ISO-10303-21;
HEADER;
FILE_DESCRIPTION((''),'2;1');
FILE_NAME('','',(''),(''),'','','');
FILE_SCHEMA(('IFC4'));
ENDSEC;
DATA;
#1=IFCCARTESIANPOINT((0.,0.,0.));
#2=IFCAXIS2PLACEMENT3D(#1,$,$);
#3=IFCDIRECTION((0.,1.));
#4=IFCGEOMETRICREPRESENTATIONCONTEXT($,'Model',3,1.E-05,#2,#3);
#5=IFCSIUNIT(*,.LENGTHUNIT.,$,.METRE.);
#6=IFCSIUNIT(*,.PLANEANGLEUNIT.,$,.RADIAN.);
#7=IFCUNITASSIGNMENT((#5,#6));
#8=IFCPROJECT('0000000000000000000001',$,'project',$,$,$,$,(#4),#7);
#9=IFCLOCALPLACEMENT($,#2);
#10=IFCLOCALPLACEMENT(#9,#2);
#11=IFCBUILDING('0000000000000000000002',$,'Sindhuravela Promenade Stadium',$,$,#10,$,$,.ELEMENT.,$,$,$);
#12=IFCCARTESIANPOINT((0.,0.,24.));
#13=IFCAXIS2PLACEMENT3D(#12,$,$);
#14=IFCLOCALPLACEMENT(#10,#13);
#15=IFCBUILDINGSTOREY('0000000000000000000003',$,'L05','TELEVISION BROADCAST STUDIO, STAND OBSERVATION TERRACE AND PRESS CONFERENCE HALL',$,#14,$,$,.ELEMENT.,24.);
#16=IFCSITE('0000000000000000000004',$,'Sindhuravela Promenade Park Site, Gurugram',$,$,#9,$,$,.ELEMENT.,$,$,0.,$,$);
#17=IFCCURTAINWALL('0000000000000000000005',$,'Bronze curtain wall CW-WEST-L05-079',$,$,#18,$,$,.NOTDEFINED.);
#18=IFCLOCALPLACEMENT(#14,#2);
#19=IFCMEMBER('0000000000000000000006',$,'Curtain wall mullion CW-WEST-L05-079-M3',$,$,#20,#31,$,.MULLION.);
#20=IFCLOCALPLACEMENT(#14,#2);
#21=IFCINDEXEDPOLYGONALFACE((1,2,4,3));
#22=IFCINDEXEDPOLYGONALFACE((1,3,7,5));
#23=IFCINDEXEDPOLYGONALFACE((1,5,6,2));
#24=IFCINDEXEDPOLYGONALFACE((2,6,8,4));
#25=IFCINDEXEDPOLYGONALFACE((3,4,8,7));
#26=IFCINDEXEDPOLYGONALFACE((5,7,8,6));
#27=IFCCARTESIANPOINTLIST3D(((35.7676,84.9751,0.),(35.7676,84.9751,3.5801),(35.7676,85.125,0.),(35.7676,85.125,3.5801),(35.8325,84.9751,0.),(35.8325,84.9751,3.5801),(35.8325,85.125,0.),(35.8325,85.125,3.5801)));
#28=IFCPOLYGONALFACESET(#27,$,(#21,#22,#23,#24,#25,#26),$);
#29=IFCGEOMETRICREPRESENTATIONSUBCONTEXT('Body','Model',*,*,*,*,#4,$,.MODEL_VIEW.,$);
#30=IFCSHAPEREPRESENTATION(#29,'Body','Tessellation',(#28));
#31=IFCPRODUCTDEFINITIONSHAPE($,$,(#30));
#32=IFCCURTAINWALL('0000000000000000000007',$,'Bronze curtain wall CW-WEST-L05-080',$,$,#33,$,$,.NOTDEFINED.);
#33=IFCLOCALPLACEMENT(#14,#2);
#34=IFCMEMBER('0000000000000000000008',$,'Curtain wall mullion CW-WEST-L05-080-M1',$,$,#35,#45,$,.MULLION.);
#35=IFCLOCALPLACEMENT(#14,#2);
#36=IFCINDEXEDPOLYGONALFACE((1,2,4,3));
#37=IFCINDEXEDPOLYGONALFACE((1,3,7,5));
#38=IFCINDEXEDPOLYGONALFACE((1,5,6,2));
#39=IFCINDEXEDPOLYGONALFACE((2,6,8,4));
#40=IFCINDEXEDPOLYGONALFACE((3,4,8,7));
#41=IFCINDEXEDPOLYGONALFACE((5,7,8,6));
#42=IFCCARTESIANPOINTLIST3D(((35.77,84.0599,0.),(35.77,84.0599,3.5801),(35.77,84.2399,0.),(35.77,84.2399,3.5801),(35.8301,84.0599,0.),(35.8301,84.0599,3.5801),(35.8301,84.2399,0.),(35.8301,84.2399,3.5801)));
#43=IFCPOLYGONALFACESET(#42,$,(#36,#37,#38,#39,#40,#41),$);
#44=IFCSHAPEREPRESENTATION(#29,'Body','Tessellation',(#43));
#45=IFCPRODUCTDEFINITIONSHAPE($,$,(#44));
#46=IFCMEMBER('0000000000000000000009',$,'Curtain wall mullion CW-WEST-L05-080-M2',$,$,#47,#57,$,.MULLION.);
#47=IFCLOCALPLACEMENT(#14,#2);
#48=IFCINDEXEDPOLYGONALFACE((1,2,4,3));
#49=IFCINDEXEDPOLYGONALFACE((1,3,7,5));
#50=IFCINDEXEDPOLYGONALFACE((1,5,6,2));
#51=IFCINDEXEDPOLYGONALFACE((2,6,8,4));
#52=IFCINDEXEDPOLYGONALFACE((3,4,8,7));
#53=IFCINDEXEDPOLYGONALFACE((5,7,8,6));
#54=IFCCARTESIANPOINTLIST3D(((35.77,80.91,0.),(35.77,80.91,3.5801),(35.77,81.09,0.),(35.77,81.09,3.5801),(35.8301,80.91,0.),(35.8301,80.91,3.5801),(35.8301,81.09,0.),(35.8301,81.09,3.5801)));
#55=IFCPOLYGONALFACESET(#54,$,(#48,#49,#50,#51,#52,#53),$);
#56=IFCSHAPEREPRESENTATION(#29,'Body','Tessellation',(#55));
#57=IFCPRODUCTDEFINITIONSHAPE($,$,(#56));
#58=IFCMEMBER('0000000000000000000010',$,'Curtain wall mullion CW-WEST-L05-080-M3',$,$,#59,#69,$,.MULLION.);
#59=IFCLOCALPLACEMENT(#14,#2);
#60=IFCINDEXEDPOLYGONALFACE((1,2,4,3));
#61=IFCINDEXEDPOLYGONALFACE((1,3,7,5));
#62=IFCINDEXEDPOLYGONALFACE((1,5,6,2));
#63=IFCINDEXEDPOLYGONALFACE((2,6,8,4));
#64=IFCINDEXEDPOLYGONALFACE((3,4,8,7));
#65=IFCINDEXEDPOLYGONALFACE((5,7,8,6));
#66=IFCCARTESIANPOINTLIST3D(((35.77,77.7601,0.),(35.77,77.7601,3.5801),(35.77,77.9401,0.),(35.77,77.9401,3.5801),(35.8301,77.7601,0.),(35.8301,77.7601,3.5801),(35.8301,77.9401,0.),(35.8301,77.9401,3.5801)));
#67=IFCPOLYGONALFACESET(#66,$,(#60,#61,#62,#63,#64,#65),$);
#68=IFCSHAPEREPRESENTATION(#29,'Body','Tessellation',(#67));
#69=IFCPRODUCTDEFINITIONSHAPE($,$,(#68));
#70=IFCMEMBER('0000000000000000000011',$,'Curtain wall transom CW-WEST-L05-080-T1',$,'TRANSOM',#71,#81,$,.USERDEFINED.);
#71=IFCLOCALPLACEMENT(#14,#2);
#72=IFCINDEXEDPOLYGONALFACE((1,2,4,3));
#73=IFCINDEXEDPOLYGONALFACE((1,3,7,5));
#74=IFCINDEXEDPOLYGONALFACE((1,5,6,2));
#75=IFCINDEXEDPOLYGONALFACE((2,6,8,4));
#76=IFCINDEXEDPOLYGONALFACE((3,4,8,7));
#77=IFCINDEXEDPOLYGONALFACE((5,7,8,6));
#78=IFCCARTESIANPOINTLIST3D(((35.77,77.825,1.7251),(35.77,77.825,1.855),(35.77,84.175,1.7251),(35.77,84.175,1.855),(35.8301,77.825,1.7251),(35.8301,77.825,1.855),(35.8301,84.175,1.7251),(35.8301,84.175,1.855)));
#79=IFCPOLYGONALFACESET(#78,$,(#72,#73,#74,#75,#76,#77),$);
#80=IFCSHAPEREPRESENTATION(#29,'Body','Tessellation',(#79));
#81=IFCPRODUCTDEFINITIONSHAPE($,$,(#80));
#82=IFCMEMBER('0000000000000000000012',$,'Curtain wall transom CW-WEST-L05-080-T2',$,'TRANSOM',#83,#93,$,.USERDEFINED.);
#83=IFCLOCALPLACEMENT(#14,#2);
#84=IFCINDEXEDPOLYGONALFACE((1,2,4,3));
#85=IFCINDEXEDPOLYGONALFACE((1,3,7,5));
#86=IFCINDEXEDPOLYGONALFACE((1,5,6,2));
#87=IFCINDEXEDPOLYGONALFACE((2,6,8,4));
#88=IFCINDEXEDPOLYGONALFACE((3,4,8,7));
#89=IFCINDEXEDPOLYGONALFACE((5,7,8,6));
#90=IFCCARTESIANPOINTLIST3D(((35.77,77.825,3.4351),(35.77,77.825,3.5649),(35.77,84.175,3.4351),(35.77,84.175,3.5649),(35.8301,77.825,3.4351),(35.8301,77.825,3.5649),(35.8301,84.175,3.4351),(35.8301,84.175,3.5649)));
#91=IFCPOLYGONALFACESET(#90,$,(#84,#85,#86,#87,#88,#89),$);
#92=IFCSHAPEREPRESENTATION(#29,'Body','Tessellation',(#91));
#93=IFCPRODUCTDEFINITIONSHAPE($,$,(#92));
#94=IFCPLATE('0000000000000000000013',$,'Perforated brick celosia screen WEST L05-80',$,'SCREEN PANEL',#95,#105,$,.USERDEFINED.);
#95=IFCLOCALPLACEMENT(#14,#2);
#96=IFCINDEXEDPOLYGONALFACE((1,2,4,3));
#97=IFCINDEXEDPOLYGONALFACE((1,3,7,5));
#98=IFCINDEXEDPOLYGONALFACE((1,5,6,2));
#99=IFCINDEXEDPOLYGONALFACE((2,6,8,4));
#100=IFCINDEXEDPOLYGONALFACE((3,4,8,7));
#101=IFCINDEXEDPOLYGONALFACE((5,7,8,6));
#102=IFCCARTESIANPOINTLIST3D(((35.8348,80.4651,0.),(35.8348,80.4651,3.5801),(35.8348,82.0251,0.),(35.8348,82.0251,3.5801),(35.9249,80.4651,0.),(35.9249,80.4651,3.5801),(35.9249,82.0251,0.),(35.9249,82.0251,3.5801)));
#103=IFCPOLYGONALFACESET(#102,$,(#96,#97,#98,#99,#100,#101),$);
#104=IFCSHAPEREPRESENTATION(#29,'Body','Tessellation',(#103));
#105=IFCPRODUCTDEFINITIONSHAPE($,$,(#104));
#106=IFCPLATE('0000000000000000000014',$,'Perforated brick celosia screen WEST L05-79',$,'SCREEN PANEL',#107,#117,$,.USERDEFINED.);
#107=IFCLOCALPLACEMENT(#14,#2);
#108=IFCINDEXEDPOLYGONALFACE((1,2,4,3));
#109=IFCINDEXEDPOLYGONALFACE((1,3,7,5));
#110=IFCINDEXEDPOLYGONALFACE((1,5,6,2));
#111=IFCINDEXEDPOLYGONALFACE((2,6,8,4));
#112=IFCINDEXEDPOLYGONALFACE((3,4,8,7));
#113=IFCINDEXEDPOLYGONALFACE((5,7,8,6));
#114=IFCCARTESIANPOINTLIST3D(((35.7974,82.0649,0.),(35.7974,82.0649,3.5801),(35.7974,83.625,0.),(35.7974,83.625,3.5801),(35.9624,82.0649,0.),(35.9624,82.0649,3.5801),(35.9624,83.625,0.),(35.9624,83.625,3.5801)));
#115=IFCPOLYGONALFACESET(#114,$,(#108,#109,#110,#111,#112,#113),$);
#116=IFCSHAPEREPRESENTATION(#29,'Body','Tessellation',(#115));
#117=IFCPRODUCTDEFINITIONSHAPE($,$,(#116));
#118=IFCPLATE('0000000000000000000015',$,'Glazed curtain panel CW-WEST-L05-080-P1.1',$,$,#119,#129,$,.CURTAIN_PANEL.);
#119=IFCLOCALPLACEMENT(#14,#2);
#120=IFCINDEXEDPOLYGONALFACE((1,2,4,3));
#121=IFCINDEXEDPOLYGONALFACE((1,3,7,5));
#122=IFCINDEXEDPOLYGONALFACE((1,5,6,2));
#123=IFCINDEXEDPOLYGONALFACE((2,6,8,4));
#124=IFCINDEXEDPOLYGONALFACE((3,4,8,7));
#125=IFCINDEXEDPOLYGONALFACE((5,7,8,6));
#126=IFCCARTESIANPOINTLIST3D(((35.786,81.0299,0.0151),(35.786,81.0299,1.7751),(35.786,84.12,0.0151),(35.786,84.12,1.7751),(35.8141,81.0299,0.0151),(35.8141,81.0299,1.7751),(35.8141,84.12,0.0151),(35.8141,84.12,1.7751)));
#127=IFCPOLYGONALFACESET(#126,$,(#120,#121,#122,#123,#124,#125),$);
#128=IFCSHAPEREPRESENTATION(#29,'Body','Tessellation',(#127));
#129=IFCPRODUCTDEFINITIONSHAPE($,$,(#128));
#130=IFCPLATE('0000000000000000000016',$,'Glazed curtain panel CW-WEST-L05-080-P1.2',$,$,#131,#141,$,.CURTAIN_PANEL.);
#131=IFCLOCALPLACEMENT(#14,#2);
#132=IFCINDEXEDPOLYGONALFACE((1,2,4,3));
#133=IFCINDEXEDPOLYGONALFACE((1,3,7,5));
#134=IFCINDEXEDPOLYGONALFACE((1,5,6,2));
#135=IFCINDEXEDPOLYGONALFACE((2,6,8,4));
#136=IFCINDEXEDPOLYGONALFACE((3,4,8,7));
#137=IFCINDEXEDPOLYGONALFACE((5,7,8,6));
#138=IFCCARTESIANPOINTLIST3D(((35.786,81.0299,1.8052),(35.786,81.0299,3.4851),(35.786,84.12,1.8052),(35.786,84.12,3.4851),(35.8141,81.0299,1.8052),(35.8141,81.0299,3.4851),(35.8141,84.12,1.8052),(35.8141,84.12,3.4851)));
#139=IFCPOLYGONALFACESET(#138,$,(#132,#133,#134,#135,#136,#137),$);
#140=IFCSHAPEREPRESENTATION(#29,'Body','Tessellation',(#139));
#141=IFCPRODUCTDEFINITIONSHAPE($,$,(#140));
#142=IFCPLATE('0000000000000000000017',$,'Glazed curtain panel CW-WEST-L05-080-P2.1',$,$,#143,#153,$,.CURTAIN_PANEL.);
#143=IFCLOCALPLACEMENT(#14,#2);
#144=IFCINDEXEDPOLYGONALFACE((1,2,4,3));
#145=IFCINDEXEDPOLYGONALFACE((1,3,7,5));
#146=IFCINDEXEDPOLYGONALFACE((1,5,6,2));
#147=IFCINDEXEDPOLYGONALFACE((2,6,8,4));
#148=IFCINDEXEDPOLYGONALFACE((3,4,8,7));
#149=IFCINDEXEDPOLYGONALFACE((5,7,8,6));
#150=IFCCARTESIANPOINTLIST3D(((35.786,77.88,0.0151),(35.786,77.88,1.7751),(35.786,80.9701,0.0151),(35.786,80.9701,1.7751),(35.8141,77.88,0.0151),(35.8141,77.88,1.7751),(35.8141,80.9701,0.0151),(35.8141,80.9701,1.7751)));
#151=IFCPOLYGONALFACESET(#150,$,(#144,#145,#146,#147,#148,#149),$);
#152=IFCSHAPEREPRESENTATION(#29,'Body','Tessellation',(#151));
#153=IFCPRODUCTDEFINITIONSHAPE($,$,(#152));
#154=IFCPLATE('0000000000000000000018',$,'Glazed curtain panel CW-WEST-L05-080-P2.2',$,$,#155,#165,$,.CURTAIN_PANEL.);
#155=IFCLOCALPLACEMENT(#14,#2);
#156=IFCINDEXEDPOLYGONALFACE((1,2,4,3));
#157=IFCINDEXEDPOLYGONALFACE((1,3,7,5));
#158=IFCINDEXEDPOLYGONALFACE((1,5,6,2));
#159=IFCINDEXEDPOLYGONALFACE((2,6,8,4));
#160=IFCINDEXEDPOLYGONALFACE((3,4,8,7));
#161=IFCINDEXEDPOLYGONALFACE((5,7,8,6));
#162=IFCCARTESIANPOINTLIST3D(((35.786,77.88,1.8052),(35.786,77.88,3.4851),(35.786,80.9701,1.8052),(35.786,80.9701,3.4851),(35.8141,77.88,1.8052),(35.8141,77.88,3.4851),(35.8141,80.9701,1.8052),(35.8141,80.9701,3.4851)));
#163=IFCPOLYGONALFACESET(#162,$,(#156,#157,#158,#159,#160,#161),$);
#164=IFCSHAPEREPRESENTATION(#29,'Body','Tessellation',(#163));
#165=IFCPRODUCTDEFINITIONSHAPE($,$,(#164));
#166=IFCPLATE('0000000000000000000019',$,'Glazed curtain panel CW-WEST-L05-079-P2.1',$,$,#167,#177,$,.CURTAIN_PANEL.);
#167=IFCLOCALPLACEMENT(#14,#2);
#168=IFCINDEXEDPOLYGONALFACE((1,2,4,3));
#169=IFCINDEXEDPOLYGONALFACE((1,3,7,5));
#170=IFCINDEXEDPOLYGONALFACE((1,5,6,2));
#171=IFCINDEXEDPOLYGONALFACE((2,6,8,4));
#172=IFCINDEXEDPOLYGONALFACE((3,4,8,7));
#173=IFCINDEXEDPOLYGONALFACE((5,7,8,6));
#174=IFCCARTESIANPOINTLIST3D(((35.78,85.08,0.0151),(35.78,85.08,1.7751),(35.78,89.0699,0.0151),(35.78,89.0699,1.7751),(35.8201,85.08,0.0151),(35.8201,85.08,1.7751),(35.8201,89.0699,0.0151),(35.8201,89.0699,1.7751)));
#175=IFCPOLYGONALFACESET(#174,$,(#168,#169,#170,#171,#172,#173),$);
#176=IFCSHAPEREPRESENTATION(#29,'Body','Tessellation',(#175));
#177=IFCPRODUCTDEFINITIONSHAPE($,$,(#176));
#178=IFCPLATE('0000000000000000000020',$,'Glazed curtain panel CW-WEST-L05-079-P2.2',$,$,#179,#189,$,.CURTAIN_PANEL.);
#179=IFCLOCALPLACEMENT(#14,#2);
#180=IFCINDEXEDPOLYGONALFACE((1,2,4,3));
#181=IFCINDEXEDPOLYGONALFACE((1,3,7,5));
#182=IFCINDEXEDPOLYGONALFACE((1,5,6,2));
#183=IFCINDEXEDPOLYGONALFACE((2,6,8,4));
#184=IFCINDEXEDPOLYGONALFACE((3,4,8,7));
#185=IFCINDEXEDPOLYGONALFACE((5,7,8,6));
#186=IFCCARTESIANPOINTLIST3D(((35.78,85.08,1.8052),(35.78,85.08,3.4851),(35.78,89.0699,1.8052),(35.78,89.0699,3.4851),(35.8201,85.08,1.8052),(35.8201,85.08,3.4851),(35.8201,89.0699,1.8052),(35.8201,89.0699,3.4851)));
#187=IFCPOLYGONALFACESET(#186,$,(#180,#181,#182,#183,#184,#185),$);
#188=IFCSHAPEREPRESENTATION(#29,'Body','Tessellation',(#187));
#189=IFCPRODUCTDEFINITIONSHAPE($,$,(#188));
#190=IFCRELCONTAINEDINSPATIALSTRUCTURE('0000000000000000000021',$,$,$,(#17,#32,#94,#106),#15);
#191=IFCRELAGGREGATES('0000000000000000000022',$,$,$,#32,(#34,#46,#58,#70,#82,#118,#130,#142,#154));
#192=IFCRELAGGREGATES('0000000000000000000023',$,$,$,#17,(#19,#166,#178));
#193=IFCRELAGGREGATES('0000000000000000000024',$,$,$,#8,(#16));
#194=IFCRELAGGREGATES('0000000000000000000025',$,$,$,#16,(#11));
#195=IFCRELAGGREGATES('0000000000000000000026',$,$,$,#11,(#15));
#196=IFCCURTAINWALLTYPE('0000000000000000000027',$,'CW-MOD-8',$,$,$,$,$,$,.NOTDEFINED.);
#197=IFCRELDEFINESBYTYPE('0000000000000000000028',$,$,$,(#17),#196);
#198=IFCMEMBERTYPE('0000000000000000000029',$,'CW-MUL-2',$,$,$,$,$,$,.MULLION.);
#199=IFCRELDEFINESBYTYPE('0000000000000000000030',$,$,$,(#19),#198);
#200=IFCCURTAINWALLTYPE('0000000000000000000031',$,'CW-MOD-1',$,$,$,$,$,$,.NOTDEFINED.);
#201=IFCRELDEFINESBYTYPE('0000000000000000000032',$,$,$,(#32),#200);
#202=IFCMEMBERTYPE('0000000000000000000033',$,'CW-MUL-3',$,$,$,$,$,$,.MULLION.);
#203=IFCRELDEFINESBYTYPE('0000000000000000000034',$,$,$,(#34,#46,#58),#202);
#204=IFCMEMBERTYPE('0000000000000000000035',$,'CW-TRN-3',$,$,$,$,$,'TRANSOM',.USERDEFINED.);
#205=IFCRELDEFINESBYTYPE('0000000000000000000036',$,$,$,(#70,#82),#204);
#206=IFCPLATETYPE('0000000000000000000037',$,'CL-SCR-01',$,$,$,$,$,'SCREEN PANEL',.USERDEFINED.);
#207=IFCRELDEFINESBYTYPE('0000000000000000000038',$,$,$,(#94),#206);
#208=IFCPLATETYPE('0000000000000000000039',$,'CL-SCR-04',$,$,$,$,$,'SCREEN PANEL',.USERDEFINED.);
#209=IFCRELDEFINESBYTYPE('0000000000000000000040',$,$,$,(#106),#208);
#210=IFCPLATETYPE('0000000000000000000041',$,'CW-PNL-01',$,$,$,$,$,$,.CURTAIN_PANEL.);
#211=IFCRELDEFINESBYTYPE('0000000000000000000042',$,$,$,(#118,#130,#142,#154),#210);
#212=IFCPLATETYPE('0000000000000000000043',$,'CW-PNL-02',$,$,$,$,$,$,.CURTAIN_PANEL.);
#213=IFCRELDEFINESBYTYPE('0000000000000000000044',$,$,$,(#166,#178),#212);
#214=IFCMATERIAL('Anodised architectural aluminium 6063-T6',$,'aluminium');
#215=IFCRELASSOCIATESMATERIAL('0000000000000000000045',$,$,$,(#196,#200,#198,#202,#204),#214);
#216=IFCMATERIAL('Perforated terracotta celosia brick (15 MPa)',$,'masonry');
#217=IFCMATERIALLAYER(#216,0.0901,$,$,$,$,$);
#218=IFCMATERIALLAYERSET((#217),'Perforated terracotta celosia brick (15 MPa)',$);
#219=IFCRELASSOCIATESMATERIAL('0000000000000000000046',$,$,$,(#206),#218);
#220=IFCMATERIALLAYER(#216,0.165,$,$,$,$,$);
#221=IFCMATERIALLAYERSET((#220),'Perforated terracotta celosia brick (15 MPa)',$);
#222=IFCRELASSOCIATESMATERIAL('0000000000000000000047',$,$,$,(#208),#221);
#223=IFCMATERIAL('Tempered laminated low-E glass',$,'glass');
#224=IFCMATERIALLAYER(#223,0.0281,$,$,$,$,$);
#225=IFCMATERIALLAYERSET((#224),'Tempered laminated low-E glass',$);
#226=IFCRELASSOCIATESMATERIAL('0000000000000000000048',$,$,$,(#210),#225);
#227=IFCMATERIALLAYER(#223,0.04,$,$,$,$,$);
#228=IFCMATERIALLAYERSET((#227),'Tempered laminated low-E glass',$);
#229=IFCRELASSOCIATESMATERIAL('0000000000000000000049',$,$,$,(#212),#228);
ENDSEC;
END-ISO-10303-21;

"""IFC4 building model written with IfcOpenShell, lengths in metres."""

from ifc_helpers import new_model, si_unit, direction, frame, origin, origin_2d, place, context, subcontext, project, spatial, rectangle, extrude, material, layer, layer_set, material_profile, profile_set, type_object, element, aggregate, save


model = new_model("IFC4")

# Units and contexts
model_context = context("Model", 3, precision=1e-05, world=origin(), true_north=direction((0.0, 1.0)))
body_context = subcontext(model_context, "Body", "Model", "MODEL_VIEW")
ifc_project = project(units=[si_unit("LENGTHUNIT", "METRE"), si_unit("PLANEANGLEUNIT", "RADIAN")], contexts=[model_context])

# Site, building, storey
site_placement = place(None, origin())
site = spatial("IfcSite", under=ifc_project, at=site_placement, Name="Sindhuravela Promenade Park Site, Gurugram", CompositionType="ELEMENT", RefElevation=0.0)
building_placement = place(site_placement, origin())
building = spatial("IfcBuilding", under=site, at=building_placement, Name="Sindhuravela Promenade Stadium", CompositionType="ELEMENT")
storey_placement = place(building_placement, frame((0.0, 0.0, 24.0)))
storey = spatial("IfcBuildingStorey", under=building, at=storey_placement, Name="L05", Description="TELEVISION BROADCAST STUDIO, STAND OBSERVATION TERRACE AND PRESS CONFERENCE HALL", CompositionType="ELEMENT", Elevation=24.0)

# Curtain wall, member
ifc_material_1 = material(Name="Anodised architectural aluminium 6063-T6", Category="aluminium")
curtain_wall_type_1 = type_object("IfcCurtainWallType", Name="CW-MOD-8", PredefinedType="NOTDEFINED", material=ifc_material_1)
curtain_wall_1_placement = place(storey_placement, origin())
curtain_wall_1 = element("IfcCurtainWall", 1, at=curtain_wall_1_placement, inside=storey, type_object=curtain_wall_type_1, Name="Bronze curtain wall CW-WEST-L05-079", PredefinedType="NOTDEFINED")
ifc_material_profile_1 = material_profile(ifc_material_1, rectangle(XDim=0.0649, YDim=0.1499, at=origin_2d()), Name="ALU MULL 65x150")
ifc_profile_set_1 = profile_set([ifc_material_profile_1], Name="Anodised architectural aluminium 6063-T6")
member_type_1 = type_object("IfcMemberType", Name="CW-MUL-2", PredefinedType="MULLION", material=ifc_profile_set_1)
member_1_placement = place(storey_placement, frame((35.8, 85.05, 0.0), z_axis=(0.0, 0.0, 1.0), x_axis=(1.0, 0.0, 0.0)))
member_1 = element("IfcMember", 2, at=member_1_placement, type_object=member_type_1, Name="Curtain wall mullion CW-WEST-L05-079-M3", PredefinedType="MULLION", context=body_context, shape_type="SweptSolid", body=[
    extrude(rectangle(XDim=0.0649, YDim=0.1499, at=origin_2d()), origin(), (0.0, 0.0, 1.0), 3.5801),
])

# Curtain wall, members
curtain_wall_type_2 = type_object("IfcCurtainWallType", Name="CW-MOD-1", PredefinedType="NOTDEFINED", material=ifc_material_1)
curtain_wall_2_placement = place(storey_placement, origin())
curtain_wall_2 = element("IfcCurtainWall", 3, at=curtain_wall_2_placement, inside=storey, type_object=curtain_wall_type_2, Name="Bronze curtain wall CW-WEST-L05-080", PredefinedType="NOTDEFINED")
ifc_material_profile_2 = material_profile(ifc_material_1, rectangle(XDim=0.0601, YDim=0.1799, at=origin_2d()), Name="ALU M60x180")
ifc_profile_set_2 = profile_set([ifc_material_profile_2], Name="Anodised architectural aluminium 6063-T6")
member_type_2 = type_object("IfcMemberType", Name="CW-MUL-3", PredefinedType="MULLION", material=ifc_profile_set_2)
member_2_placement = place(storey_placement, frame((35.8, 84.1499, 0.0), z_axis=(0.0, 0.0, 1.0), x_axis=(1.0, 0.0, 0.0)))
member_2 = element("IfcMember", 4, at=member_2_placement, type_object=member_type_2, Name="Curtain wall mullion CW-WEST-L05-080-M1", PredefinedType="MULLION", context=body_context, shape_type="SweptSolid", body=[
    extrude(rectangle(XDim=0.0601, YDim=0.1799, at=origin_2d()), origin(), (0.0, 0.0, 1.0), 3.5801),
])
member_3_placement = place(storey_placement, frame((35.8, 81.0, 0.0), z_axis=(0.0, 0.0, 1.0), x_axis=(1.0, 0.0, 0.0)))
member_3 = element("IfcMember", 5, at=member_3_placement, type_object=member_type_2, Name="Curtain wall mullion CW-WEST-L05-080-M2", PredefinedType="MULLION", context=body_context, shape_type="SweptSolid", body=[
    extrude(rectangle(XDim=0.0601, YDim=0.1799, at=origin_2d()), origin(), (0.0, 0.0, 1.0), 3.5801),
])
member_4_placement = place(storey_placement, frame((35.8, 77.8501, 0.0), z_axis=(0.0, 0.0, 1.0), x_axis=(1.0, 0.0, 0.0)))
member_4 = element("IfcMember", 6, at=member_4_placement, type_object=member_type_2, Name="Curtain wall mullion CW-WEST-L05-080-M3", PredefinedType="MULLION", context=body_context, shape_type="SweptSolid", body=[
    extrude(rectangle(XDim=0.0601, YDim=0.1799, at=origin_2d()), origin(), (0.0, 0.0, 1.0), 3.5801),
])
ifc_material_profile_3 = material_profile(ifc_material_1, rectangle(XDim=0.0601, YDim=0.1299, at=origin_2d()), Name="ALU T60x130")
ifc_profile_set_3 = profile_set([ifc_material_profile_3], Name="Anodised architectural aluminium 6063-T6")
member_type_3 = type_object("IfcMemberType", Name="CW-TRN-3", ElementType="TRANSOM", PredefinedType="USERDEFINED", material=ifc_profile_set_3)
member_5_placement = place(storey_placement, frame((35.8, 84.175, 1.79), z_axis=(0.0, -1.0, 0.0), x_axis=(1.0, 0.0, 0.0)))
member_5 = element("IfcMember", 7, at=member_5_placement, type_object=member_type_3, Name="Curtain wall transom CW-WEST-L05-080-T1", ObjectType="TRANSOM", PredefinedType="USERDEFINED", context=body_context, shape_type="SweptSolid", body=[
    extrude(rectangle(XDim=0.0601, YDim=0.1299, at=origin_2d()), origin(), (0.0, 0.0, 1.0), 6.3501),
])
member_6_placement = place(storey_placement, frame((35.8, 84.175, 3.5), z_axis=(0.0, -1.0, 0.0), x_axis=(1.0, 0.0, 0.0)))
member_6 = element("IfcMember", 8, at=member_6_placement, type_object=member_type_3, Name="Curtain wall transom CW-WEST-L05-080-T2", ObjectType="TRANSOM", PredefinedType="USERDEFINED", context=body_context, shape_type="SweptSolid", body=[
    extrude(rectangle(XDim=0.0601, YDim=0.1299, at=origin_2d()), origin(), (0.0, 0.0, 1.0), 6.3501),
])

# Plates
ifc_material_2 = material(Name="Perforated terracotta celosia brick (15 MPa)", Category="masonry")
ifc_layer_1 = layer(ifc_material_2, 0.0901)
ifc_layer_set_1 = layer_set([ifc_layer_1], Name="Perforated terracotta celosia brick (15 MPa)")
plate_type_1 = type_object("IfcPlateType", Name="CL-SCR-01", ElementType="SCREEN PANEL", PredefinedType="USERDEFINED", material=ifc_layer_set_1)
plate_1_placement = place(storey_placement, frame((35.8799, 81.2451, 0.0), z_axis=(0.0, 0.0, 1.0), x_axis=(0.0, -1.0, 0.0)))
element("IfcPlate", 9, at=plate_1_placement, inside=storey, type_object=plate_type_1, Name="Perforated brick celosia screen WEST L05-80", ObjectType="SCREEN PANEL", PredefinedType="USERDEFINED", context=body_context, shape_type="SweptSolid", body=[
    extrude(rectangle(XDim=1.5601, YDim=0.0901, at=origin_2d()), origin(), (0.0, 0.0, 1.0), 3.5801),
])
ifc_layer_2 = layer(ifc_material_2, 0.165)
ifc_layer_set_2 = layer_set([ifc_layer_2], Name="Perforated terracotta celosia brick (15 MPa)")
plate_type_2 = type_object("IfcPlateType", Name="CL-SCR-04", ElementType="SCREEN PANEL", PredefinedType="USERDEFINED", material=ifc_layer_set_2)
plate_2_placement = place(storey_placement, frame((35.8799, 82.845, 0.0), z_axis=(0.0, 0.0, 1.0), x_axis=(0.0, -1.0, 0.0)))
element("IfcPlate", 10, at=plate_2_placement, inside=storey, type_object=plate_type_2, Name="Perforated brick celosia screen WEST L05-79", ObjectType="SCREEN PANEL", PredefinedType="USERDEFINED", context=body_context, shape_type="SweptSolid", body=[
    extrude(rectangle(XDim=1.5601, YDim=0.165, at=origin_2d()), origin(), (0.0, 0.0, 1.0), 3.5801),
])

# Plates
ifc_material_3 = material(Name="Tempered laminated low-E glass", Category="glass")
ifc_layer_3 = layer(ifc_material_3, 0.0281)
ifc_layer_set_3 = layer_set([ifc_layer_3], Name="Tempered laminated low-E glass")
plate_type_3 = type_object("IfcPlateType", Name="CW-PNL-01", PredefinedType="CURTAIN_PANEL", material=ifc_layer_set_3)
plate_3_placement = place(storey_placement, frame((35.8, 82.575, 0.0151), z_axis=(0.0, 0.0, 1.0), x_axis=(0.0, -1.0, 0.0)))
plate_3 = element("IfcPlate", 11, at=plate_3_placement, type_object=plate_type_3, Name="Glazed curtain panel CW-WEST-L05-080-P1.1", PredefinedType="CURTAIN_PANEL", context=body_context, shape_type="SweptSolid", body=[
    extrude(rectangle(XDim=3.0901, YDim=0.0281, at=origin_2d()), origin(), (0.0, 0.0, 1.0), 1.76),
])
plate_4_placement = place(storey_placement, frame((35.8, 82.575, 1.8052), z_axis=(0.0, 0.0, 1.0), x_axis=(0.0, -1.0, 0.0)))
plate_4 = element("IfcPlate", 12, at=plate_4_placement, type_object=plate_type_3, Name="Glazed curtain panel CW-WEST-L05-080-P1.2", PredefinedType="CURTAIN_PANEL", context=body_context, shape_type="SweptSolid", body=[
    extrude(rectangle(XDim=3.0901, YDim=0.0281, at=origin_2d()), origin(), (0.0, 0.0, 1.0), 1.6799),
])
plate_5_placement = place(storey_placement, frame((35.8, 79.425, 0.0151), z_axis=(0.0, 0.0, 1.0), x_axis=(0.0, -1.0, 0.0)))
plate_5 = element("IfcPlate", 13, at=plate_5_placement, type_object=plate_type_3, Name="Glazed curtain panel CW-WEST-L05-080-P2.1", PredefinedType="CURTAIN_PANEL", context=body_context, shape_type="SweptSolid", body=[
    extrude(rectangle(XDim=3.0901, YDim=0.0281, at=origin_2d()), origin(), (0.0, 0.0, 1.0), 1.76),
])
plate_6_placement = place(storey_placement, frame((35.8, 79.425, 1.8052), z_axis=(0.0, 0.0, 1.0), x_axis=(0.0, -1.0, 0.0)))
plate_6 = element("IfcPlate", 14, at=plate_6_placement, type_object=plate_type_3, Name="Glazed curtain panel CW-WEST-L05-080-P2.2", PredefinedType="CURTAIN_PANEL", context=body_context, shape_type="SweptSolid", body=[
    extrude(rectangle(XDim=3.0901, YDim=0.0281, at=origin_2d()), origin(), (0.0, 0.0, 1.0), 1.6799),
])
aggregate(curtain_wall_2, [member_2, member_3, member_4, member_5, member_6, plate_3, plate_4, plate_5, plate_6])
ifc_layer_4 = layer(ifc_material_3, 0.04)
ifc_layer_set_4 = layer_set([ifc_layer_4], Name="Tempered laminated low-E glass")
plate_type_4 = type_object("IfcPlateType", Name="CW-PNL-02", PredefinedType="CURTAIN_PANEL", material=ifc_layer_set_4)
plate_7_placement = place(storey_placement, frame((35.8, 87.075, 0.0151), z_axis=(0.0, 0.0, 1.0), x_axis=(0.0, -1.0, 0.0)))
plate_7 = element("IfcPlate", 15, at=plate_7_placement, type_object=plate_type_4, Name="Glazed curtain panel CW-WEST-L05-079-P2.1", PredefinedType="CURTAIN_PANEL", context=body_context, shape_type="SweptSolid", body=[
    extrude(rectangle(XDim=3.99, YDim=0.04, at=origin_2d()), origin(), (0.0, 0.0, 1.0), 1.76),
])
plate_8_placement = place(storey_placement, frame((35.8, 87.075, 1.8052), z_axis=(0.0, 0.0, 1.0), x_axis=(0.0, -1.0, 0.0)))
plate_8 = element("IfcPlate", 16, at=plate_8_placement, type_object=plate_type_4, Name="Glazed curtain panel CW-WEST-L05-079-P2.2", PredefinedType="CURTAIN_PANEL", context=body_context, shape_type="SweptSolid", body=[
    extrude(rectangle(XDim=3.99, YDim=0.04, at=origin_2d()), origin(), (0.0, 0.0, 1.0), 1.6799),
])
aggregate(curtain_wall_1, [member_1, plate_7, plate_8])

save(model, "model.ifc")
